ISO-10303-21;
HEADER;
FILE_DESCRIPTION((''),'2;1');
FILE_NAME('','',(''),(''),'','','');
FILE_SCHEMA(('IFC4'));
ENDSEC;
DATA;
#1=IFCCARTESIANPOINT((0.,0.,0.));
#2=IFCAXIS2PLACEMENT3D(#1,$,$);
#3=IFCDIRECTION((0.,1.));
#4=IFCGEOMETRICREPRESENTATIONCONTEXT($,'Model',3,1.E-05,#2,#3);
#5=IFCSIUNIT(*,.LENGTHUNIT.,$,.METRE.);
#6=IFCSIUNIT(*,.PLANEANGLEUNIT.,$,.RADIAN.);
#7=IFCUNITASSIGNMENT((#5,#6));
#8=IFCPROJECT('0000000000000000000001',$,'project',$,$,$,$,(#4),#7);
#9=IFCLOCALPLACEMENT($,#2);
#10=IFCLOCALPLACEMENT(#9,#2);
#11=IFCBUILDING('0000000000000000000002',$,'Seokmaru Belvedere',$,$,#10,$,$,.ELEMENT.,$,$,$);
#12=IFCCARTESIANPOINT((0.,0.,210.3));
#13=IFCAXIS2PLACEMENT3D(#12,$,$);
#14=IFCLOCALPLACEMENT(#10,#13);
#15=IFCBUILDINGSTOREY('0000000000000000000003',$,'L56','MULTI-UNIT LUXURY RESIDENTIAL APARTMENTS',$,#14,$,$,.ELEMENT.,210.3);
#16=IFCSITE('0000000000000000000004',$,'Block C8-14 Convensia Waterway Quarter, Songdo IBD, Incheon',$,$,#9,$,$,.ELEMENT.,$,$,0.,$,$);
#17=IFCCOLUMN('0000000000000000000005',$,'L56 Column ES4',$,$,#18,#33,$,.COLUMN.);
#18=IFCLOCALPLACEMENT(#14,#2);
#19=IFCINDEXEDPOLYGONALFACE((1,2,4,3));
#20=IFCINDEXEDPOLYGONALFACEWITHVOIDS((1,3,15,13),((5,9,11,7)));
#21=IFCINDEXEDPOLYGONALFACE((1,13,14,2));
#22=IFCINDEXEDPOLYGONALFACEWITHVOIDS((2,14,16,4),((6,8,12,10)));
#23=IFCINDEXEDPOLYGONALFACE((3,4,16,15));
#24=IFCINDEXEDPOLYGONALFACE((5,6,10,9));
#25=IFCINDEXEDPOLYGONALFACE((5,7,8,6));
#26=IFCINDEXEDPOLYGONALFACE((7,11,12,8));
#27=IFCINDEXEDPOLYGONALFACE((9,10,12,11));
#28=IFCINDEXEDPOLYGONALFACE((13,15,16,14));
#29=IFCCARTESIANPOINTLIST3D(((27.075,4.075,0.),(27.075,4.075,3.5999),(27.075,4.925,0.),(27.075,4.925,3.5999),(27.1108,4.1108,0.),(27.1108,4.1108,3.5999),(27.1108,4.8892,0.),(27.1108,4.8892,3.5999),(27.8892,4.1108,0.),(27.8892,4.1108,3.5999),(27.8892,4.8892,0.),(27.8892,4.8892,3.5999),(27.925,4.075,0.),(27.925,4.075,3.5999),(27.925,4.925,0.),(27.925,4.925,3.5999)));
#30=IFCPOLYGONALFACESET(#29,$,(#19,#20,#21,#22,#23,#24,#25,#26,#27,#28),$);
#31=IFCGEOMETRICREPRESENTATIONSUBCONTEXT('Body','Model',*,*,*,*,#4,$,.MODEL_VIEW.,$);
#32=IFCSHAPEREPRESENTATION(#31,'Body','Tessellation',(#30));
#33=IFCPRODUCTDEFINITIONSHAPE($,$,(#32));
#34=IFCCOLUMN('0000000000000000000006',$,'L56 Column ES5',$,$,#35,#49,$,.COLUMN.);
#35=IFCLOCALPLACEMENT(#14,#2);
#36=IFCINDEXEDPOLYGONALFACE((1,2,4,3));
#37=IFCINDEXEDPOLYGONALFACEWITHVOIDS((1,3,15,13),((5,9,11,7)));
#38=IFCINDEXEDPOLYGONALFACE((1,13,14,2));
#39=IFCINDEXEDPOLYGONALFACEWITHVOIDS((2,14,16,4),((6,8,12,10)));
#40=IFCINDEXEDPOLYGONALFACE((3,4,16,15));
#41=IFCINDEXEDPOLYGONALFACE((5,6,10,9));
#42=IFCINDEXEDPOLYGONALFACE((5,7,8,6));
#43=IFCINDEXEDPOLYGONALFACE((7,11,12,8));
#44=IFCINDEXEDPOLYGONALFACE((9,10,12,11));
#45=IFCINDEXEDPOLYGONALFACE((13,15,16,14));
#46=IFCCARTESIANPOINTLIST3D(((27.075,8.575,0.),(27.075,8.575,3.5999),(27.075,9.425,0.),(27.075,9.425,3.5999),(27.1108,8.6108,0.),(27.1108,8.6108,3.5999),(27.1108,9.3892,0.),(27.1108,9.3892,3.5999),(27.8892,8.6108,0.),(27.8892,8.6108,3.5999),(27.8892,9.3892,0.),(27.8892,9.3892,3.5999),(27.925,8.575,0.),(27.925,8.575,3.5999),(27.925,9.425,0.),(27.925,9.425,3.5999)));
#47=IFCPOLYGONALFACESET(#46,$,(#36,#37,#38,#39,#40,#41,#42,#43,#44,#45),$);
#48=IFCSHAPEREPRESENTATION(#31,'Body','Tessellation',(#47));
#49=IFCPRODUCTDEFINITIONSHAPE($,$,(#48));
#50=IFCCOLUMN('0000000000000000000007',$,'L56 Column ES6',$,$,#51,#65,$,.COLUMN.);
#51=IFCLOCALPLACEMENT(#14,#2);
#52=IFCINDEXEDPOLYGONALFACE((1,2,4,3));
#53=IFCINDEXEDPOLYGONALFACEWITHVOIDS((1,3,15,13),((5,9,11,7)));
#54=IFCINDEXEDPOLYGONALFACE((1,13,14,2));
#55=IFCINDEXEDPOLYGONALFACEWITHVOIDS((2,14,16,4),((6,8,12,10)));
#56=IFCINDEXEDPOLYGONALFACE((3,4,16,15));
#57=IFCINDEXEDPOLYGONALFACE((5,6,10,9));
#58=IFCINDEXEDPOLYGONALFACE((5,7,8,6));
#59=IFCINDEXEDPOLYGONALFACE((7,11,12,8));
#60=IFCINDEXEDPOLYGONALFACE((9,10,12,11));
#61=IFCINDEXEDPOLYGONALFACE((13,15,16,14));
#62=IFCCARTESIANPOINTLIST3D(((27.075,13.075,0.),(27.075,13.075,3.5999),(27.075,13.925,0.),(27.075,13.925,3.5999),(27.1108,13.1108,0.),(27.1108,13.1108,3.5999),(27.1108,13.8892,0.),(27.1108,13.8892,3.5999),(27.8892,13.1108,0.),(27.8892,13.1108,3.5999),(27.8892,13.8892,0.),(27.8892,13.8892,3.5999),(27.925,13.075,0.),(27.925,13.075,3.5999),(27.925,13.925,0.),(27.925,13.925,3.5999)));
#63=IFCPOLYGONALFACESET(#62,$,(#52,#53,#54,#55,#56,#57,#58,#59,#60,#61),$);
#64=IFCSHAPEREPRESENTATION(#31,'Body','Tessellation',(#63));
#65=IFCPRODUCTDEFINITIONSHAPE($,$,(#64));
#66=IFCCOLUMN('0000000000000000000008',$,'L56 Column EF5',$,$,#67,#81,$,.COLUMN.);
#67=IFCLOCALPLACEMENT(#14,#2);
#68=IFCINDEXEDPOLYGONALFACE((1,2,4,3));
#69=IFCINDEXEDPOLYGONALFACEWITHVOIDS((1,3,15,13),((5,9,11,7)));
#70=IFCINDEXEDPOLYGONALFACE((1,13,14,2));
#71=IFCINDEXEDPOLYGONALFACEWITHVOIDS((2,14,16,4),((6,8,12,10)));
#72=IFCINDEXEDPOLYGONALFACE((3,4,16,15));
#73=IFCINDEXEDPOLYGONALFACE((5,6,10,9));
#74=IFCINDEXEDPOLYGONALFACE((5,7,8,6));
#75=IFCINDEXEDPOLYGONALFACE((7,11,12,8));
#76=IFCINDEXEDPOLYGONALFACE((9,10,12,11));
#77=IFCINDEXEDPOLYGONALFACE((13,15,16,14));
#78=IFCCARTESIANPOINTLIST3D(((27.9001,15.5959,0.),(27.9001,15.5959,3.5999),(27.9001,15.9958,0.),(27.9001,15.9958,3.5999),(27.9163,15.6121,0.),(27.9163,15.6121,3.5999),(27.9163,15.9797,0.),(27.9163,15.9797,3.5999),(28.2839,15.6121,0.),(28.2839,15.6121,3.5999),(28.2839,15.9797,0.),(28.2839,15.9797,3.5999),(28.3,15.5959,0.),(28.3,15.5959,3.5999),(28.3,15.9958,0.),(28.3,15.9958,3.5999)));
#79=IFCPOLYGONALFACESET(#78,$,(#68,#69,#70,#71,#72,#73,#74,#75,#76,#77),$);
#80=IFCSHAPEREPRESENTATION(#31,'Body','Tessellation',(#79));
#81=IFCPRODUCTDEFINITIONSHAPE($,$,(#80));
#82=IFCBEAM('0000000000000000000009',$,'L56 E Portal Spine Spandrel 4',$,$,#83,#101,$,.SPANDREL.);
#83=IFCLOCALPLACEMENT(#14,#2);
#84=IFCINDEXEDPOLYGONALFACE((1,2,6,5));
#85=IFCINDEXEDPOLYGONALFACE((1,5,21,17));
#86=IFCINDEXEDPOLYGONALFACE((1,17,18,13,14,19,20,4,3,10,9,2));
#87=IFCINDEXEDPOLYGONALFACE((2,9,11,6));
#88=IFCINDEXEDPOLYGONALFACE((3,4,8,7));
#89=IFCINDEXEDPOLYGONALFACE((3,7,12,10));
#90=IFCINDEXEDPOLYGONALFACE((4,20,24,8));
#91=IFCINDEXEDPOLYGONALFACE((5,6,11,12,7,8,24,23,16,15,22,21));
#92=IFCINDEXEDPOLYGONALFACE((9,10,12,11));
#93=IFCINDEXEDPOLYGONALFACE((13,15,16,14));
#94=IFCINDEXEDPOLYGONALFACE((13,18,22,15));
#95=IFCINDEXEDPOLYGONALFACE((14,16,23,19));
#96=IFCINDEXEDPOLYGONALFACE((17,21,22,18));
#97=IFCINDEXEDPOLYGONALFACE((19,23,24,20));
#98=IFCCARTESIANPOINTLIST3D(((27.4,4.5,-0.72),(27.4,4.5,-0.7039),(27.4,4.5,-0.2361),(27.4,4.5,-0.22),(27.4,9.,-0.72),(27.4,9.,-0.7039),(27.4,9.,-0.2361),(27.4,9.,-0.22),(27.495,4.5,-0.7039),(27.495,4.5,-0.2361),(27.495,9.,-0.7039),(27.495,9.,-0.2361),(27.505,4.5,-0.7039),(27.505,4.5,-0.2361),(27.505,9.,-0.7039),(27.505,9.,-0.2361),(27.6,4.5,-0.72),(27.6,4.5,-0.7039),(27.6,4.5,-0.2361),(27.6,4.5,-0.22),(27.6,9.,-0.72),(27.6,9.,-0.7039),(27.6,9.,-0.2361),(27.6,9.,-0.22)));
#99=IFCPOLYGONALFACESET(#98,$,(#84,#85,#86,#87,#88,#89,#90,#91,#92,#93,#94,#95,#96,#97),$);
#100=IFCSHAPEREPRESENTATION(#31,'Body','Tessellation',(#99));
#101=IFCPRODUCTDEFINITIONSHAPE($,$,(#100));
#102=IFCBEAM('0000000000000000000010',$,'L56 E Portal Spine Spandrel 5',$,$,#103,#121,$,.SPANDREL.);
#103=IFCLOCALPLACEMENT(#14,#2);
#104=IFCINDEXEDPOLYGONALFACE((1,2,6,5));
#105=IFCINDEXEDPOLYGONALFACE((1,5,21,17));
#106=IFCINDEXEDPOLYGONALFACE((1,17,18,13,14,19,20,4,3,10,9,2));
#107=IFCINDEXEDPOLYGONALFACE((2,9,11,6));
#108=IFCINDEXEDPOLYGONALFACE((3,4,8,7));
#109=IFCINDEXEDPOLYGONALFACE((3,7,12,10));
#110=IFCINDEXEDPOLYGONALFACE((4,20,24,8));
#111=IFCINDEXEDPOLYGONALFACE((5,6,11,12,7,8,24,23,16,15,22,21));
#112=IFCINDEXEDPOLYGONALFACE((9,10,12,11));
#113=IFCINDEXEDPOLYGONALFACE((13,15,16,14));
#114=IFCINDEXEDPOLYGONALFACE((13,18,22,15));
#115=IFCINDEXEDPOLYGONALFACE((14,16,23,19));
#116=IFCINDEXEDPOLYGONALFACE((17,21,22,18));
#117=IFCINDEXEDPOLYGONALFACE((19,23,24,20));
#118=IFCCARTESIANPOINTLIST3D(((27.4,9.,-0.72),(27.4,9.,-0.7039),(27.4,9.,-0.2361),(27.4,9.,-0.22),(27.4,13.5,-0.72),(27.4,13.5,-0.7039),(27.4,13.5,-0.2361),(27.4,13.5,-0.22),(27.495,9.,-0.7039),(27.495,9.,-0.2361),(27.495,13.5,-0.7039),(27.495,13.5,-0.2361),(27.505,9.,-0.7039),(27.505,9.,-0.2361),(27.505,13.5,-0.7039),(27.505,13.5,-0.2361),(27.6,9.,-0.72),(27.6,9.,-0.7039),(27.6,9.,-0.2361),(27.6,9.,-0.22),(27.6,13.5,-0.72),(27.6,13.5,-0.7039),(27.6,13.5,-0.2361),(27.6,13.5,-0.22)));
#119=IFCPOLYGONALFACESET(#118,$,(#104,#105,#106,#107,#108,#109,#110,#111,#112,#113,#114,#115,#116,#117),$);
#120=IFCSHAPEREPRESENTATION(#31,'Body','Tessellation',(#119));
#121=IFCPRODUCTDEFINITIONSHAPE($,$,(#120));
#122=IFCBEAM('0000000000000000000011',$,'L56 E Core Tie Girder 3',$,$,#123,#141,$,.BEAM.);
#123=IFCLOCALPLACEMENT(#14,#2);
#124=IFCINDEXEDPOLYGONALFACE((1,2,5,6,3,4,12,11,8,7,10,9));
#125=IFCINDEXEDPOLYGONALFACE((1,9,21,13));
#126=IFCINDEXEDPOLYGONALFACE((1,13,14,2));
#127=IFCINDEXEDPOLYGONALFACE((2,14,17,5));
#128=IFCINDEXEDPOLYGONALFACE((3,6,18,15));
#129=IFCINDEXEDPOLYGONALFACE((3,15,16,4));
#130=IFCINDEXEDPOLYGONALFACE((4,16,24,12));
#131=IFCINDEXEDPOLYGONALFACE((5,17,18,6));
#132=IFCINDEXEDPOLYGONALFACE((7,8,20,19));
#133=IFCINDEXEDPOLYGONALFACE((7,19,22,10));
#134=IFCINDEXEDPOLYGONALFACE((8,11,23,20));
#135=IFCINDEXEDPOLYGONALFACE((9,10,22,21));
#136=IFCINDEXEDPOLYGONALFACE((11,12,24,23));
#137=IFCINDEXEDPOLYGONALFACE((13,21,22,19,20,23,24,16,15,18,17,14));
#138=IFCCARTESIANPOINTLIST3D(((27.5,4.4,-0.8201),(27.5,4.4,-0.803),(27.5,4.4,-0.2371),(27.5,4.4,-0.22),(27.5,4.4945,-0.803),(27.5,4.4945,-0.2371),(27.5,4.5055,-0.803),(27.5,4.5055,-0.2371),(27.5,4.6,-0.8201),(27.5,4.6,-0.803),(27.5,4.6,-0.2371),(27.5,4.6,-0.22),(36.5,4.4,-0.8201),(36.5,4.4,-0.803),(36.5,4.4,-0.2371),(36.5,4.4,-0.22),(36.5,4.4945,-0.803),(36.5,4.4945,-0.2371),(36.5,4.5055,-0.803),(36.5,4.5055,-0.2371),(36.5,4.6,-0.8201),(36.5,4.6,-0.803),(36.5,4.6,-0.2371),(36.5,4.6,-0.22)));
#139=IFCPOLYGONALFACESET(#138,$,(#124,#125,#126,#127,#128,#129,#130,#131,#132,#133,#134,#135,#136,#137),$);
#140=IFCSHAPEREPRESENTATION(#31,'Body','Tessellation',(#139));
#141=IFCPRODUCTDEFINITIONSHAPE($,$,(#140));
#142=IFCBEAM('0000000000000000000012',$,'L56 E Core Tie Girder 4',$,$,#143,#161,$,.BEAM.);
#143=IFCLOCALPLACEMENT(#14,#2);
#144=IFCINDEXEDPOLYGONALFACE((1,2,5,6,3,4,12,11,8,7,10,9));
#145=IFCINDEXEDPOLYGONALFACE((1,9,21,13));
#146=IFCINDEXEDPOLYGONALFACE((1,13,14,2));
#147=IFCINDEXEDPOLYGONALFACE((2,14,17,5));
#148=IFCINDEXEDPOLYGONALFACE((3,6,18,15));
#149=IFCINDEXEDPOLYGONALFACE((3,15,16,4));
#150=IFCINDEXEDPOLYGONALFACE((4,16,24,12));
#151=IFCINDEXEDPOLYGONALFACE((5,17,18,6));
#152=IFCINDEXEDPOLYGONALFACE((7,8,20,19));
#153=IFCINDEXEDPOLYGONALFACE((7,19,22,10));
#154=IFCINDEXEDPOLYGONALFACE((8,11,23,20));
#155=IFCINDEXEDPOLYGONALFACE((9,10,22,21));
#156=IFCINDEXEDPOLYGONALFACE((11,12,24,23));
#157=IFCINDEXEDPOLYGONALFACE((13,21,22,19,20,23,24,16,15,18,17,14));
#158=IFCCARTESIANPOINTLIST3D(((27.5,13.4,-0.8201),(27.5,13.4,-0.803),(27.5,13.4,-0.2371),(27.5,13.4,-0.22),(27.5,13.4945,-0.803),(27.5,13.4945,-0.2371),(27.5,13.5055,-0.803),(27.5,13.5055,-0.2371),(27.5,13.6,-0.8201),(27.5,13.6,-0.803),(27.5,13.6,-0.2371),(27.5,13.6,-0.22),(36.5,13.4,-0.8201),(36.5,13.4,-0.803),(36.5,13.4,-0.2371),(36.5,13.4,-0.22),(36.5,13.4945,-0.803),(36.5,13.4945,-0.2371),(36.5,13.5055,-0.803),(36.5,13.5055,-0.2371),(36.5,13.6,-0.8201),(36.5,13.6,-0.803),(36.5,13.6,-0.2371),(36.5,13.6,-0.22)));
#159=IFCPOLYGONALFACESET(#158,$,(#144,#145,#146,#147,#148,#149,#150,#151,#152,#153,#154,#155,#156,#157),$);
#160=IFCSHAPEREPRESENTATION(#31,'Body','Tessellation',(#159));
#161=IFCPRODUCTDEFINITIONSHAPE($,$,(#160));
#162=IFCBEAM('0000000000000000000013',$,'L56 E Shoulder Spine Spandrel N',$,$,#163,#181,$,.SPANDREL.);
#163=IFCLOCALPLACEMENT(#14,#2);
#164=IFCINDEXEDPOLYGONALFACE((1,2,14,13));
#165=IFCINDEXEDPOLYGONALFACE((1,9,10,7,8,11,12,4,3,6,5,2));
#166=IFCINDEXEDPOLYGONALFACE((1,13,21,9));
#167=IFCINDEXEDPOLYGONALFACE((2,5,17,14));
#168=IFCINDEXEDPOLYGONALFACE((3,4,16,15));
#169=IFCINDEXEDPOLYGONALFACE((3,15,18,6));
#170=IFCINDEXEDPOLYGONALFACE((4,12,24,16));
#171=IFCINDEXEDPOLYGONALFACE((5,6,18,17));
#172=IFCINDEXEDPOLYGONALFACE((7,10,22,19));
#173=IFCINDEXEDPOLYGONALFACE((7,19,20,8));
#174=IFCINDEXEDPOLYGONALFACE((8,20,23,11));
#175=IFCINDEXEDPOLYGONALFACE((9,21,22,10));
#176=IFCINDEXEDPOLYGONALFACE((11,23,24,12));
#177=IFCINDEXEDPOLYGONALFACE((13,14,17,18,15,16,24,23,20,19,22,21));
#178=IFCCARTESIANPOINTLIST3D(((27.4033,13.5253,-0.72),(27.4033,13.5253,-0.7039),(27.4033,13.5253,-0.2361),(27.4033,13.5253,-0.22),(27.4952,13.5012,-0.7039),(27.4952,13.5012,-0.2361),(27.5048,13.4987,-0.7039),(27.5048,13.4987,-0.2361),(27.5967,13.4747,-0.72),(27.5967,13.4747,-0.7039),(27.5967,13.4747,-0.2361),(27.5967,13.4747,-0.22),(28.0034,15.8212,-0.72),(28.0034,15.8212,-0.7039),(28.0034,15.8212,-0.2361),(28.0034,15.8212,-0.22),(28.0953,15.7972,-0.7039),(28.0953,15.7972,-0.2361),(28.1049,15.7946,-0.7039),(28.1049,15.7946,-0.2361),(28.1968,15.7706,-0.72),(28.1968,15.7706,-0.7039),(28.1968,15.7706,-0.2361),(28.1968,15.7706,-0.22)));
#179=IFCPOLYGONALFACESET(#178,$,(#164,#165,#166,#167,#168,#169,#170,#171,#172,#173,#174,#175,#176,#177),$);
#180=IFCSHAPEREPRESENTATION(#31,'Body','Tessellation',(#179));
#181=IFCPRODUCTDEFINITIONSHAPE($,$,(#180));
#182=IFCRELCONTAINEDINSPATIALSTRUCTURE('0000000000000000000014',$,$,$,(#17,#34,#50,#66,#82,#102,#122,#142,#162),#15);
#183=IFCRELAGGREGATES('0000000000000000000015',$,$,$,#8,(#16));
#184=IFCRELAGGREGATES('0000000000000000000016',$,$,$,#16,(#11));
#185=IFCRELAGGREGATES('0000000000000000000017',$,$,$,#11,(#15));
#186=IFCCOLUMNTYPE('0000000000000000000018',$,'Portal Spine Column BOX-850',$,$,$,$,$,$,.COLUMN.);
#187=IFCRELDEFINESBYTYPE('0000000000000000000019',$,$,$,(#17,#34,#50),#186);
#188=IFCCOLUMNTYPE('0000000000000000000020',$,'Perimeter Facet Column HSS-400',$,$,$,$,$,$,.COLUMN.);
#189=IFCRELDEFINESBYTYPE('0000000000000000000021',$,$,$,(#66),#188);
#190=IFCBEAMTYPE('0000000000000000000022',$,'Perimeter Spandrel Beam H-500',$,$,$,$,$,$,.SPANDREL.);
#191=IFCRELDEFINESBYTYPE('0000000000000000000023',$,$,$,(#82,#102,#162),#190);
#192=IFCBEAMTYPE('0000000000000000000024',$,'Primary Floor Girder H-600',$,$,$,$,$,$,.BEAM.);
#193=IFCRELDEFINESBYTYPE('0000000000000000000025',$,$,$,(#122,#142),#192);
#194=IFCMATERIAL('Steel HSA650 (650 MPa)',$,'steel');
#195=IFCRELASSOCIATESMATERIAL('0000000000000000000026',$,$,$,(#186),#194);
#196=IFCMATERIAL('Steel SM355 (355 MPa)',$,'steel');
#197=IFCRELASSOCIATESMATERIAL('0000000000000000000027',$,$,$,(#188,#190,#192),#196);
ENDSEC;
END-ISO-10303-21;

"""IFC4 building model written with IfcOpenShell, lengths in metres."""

from ifc_helpers import new_model, si_unit, direction, frame, origin, origin_2d, place, context, subcontext, project, spatial, hollow_rectangle, i_section, extrude, source, transform, mapped, material, material_profile, profile_set, type_object, type_shapes, element, save


model = new_model("IFC4")

# Units and contexts
model_context = context("Model", 3, precision=1e-05, world=origin(), true_north=direction((0.0, 1.0)))
body_context = subcontext(model_context, "Body", "Model", "MODEL_VIEW")
ifc_project = project(units=[si_unit("LENGTHUNIT", "METRE"), si_unit("PLANEANGLEUNIT", "RADIAN")], contexts=[model_context])

# Site, building, storey
site_placement = place(None, origin())
site = spatial("IfcSite", under=ifc_project, at=site_placement, Name="Block C8-14 Convensia Waterway Quarter, Songdo IBD, Incheon", CompositionType="ELEMENT", RefElevation=0.0)
building_placement = place(site_placement, origin())
building = spatial("IfcBuilding", under=site, at=building_placement, Name="Seokmaru Belvedere", CompositionType="ELEMENT")
storey_placement = place(building_placement, frame((0.0, 0.0, 210.3)))
storey = spatial("IfcBuildingStorey", under=building, at=storey_placement, Name="L56", Description="MULTI-UNIT LUXURY RESIDENTIAL APARTMENTS", CompositionType="ELEMENT", Elevation=210.3)

# Columns
ifc_material_1 = material(Name="Steel HSA650 (650 MPa)", Category="steel")
ifc_material_profile_1 = material_profile(ifc_material_1, hollow_rectangle(XDim=0.8501, YDim=0.8501, WallThickness=0.0359, at=origin_2d()), Name="BOX-850x850x36")
ifc_profile_set_1 = profile_set([ifc_material_profile_1], Name="Steel HSA650 (650 MPa)")
column_type_1 = type_object("IfcColumnType", Name="Portal Spine Column BOX-850", PredefinedType="COLUMN", material=ifc_profile_set_1)
shared_shape_1 = source(origin(), body_context, "Body", "SweptSolid", [
    extrude(hollow_rectangle(XDim=0.8501, YDim=0.8501, WallThickness=0.0359, at=origin_2d()), origin(), (0.0, 0.0, 1.0), 3.5999),
])
type_shapes(column_type_1, [shared_shape_1])
for number, where, z_axis, x_axis, name in (
    (1, (27.5, 4.5, 0.0), (0.0, 0.0, 1.0), (1.0, 0.0, 0.0), "L56 Column ES4"),
    (2, (27.5, 9.0, 0.0), (0.0, 0.0, 1.0), (1.0, 0.0, 0.0), "L56 Column ES5"),
    (3, (27.5, 13.5, 0.0), (0.0, 0.0, 1.0), (1.0, 0.0, 0.0), "L56 Column ES6"),
):
    element("IfcColumn", number, at=place(storey_placement, frame(where, z_axis=z_axis, x_axis=x_axis)), inside=storey, type_object=column_type_1, Name=name, PredefinedType="COLUMN", context=body_context, shape_type="MappedRepresentation", body=[
        mapped(shared_shape_1, transform((0.0, 0.0, 0.0), scale=1.0)),
    ])
ifc_material_2 = material(Name="Steel SM355 (355 MPa)", Category="steel")
ifc_material_profile_2 = material_profile(ifc_material_2, hollow_rectangle(XDim=0.3999, YDim=0.3999, WallThickness=0.0161, at=origin_2d()), Name="HSS-400x400x16")
ifc_profile_set_2 = profile_set([ifc_material_profile_2], Name="Steel SM355 (355 MPa)")
column_type_2 = type_object("IfcColumnType", Name="Perimeter Facet Column HSS-400", PredefinedType="COLUMN", material=ifc_profile_set_2)
shared_shape_2 = source(origin(), body_context, "Body", "SweptSolid", [
    extrude(hollow_rectangle(XDim=0.3999, YDim=0.3999, WallThickness=0.0161, at=origin_2d()), origin(), (0.0, 0.0, 1.0), 3.5999),
])
type_shapes(column_type_2, [shared_shape_2])
column_placement = place(storey_placement, frame((28.1001, 15.7959, 0.0), z_axis=(0.0, 0.0, 1.0), x_axis=(1.0, 0.0, 0.0)))
element("IfcColumn", 4, at=column_placement, inside=storey, type_object=column_type_2, Name="L56 Column EF5", PredefinedType="COLUMN", context=body_context, shape_type="MappedRepresentation", body=[
    mapped(shared_shape_2, transform((0.0, 0.0, 0.0), scale=1.0)),
])

# Beams
ifc_material_profile_3 = material_profile(ifc_material_2, i_section(OverallWidth=0.2, OverallDepth=0.5, WebThickness=0.01, FlangeThickness=0.0161, at=origin_2d()), Name="H-500x200x10x16")
ifc_profile_set_3 = profile_set([ifc_material_profile_3], Name="Steel SM355 (355 MPa)")
beam_type_1 = type_object("IfcBeamType", Name="Perimeter Spandrel Beam H-500", PredefinedType="SPANDREL", material=ifc_profile_set_3)
shared_shape_3 = source(origin(), body_context, "Body", "SweptSolid", [
    extrude(i_section(OverallWidth=0.2, OverallDepth=0.5, WebThickness=0.01, FlangeThickness=0.0161, at=origin_2d()), origin(), (0.0, 0.0, 1.0), 4.5),
])
for number, where, z_axis, x_axis, name in (
    (5, (27.5, 4.5, -0.47), (0.0, 1.0, 0.0), (-1.0, 0.0, 0.0), "L56 E Portal Spine Spandrel 4"),
    (6, (27.5, 9.0, -0.47), (0.0, 1.0, 0.0), (-1.0, 0.0, 0.0), "L56 E Portal Spine Spandrel 5"),
):
    element("IfcBeam", number, at=place(storey_placement, frame(where, z_axis=z_axis, x_axis=x_axis)), inside=storey, type_object=beam_type_1, Name=name, PredefinedType="SPANDREL", context=body_context, shape_type="MappedRepresentation", body=[
        mapped(shared_shape_3, transform((0.0, 0.0, 0.0), scale=1.0)),
    ])
ifc_material_profile_4 = material_profile(ifc_material_2, i_section(OverallWidth=0.2, OverallDepth=0.6001, WebThickness=0.011, FlangeThickness=0.0171, at=origin_2d()), Name="H-600x200x11x17")
ifc_profile_set_4 = profile_set([ifc_material_profile_4], Name="Steel SM355 (355 MPa)")
beam_type_2 = type_object("IfcBeamType", Name="Primary Floor Girder H-600", PredefinedType="BEAM", material=ifc_profile_set_4)
shared_shape_4 = source(origin(), body_context, "Body", "SweptSolid", [
    extrude(i_section(OverallWidth=0.2, OverallDepth=0.6001, WebThickness=0.011, FlangeThickness=0.0171, at=origin_2d()), origin(), (0.0, 0.0, 1.0), 9.0),
])
type_shapes(beam_type_2, [shared_shape_4])
for number, where, z_axis, x_axis, name in (
    (7, (27.5, 4.5, -0.52), (1.0, 0.0, 0.0), (0.0, 1.0, 0.0), "L56 E Core Tie Girder 3"),
    (8, (27.5, 13.5, -0.52), (1.0, 0.0, 0.0), (0.0, 1.0, 0.0), "L56 E Core Tie Girder 4"),
):
    element("IfcBeam", number, at=place(storey_placement, frame(where, z_axis=z_axis, x_axis=x_axis)), inside=storey, type_object=beam_type_2, Name=name, PredefinedType="BEAM", context=body_context, shape_type="MappedRepresentation", body=[
        mapped(shared_shape_4, transform((0.0, 0.0, 0.0), scale=1.0)),
    ])
shared_shape_5 = source(origin(), body_context, "Body", "SweptSolid", [
    extrude(i_section(OverallWidth=0.2, OverallDepth=0.5, WebThickness=0.01, FlangeThickness=0.0161, at=origin_2d()), origin(), (0.0, 0.0, 1.0), 2.373),
])
type_shapes(beam_type_1, [shared_shape_3, shared_shape_5])
beam_placement = place(storey_placement, frame((28.1001, 15.7959, -0.47), z_axis=(-0.252883, -0.967497, 0.0), x_axis=(0.967497, -0.252883, 0.0)))
element("IfcBeam", 9, at=beam_placement, inside=storey, type_object=beam_type_1, Name="L56 E Shoulder Spine Spandrel N", PredefinedType="SPANDREL", context=body_context, shape_type="MappedRepresentation", body=[
    mapped(shared_shape_5, transform((0.0, 0.0, 0.0), scale=1.0)),
])

save(model, "model.ifc")
